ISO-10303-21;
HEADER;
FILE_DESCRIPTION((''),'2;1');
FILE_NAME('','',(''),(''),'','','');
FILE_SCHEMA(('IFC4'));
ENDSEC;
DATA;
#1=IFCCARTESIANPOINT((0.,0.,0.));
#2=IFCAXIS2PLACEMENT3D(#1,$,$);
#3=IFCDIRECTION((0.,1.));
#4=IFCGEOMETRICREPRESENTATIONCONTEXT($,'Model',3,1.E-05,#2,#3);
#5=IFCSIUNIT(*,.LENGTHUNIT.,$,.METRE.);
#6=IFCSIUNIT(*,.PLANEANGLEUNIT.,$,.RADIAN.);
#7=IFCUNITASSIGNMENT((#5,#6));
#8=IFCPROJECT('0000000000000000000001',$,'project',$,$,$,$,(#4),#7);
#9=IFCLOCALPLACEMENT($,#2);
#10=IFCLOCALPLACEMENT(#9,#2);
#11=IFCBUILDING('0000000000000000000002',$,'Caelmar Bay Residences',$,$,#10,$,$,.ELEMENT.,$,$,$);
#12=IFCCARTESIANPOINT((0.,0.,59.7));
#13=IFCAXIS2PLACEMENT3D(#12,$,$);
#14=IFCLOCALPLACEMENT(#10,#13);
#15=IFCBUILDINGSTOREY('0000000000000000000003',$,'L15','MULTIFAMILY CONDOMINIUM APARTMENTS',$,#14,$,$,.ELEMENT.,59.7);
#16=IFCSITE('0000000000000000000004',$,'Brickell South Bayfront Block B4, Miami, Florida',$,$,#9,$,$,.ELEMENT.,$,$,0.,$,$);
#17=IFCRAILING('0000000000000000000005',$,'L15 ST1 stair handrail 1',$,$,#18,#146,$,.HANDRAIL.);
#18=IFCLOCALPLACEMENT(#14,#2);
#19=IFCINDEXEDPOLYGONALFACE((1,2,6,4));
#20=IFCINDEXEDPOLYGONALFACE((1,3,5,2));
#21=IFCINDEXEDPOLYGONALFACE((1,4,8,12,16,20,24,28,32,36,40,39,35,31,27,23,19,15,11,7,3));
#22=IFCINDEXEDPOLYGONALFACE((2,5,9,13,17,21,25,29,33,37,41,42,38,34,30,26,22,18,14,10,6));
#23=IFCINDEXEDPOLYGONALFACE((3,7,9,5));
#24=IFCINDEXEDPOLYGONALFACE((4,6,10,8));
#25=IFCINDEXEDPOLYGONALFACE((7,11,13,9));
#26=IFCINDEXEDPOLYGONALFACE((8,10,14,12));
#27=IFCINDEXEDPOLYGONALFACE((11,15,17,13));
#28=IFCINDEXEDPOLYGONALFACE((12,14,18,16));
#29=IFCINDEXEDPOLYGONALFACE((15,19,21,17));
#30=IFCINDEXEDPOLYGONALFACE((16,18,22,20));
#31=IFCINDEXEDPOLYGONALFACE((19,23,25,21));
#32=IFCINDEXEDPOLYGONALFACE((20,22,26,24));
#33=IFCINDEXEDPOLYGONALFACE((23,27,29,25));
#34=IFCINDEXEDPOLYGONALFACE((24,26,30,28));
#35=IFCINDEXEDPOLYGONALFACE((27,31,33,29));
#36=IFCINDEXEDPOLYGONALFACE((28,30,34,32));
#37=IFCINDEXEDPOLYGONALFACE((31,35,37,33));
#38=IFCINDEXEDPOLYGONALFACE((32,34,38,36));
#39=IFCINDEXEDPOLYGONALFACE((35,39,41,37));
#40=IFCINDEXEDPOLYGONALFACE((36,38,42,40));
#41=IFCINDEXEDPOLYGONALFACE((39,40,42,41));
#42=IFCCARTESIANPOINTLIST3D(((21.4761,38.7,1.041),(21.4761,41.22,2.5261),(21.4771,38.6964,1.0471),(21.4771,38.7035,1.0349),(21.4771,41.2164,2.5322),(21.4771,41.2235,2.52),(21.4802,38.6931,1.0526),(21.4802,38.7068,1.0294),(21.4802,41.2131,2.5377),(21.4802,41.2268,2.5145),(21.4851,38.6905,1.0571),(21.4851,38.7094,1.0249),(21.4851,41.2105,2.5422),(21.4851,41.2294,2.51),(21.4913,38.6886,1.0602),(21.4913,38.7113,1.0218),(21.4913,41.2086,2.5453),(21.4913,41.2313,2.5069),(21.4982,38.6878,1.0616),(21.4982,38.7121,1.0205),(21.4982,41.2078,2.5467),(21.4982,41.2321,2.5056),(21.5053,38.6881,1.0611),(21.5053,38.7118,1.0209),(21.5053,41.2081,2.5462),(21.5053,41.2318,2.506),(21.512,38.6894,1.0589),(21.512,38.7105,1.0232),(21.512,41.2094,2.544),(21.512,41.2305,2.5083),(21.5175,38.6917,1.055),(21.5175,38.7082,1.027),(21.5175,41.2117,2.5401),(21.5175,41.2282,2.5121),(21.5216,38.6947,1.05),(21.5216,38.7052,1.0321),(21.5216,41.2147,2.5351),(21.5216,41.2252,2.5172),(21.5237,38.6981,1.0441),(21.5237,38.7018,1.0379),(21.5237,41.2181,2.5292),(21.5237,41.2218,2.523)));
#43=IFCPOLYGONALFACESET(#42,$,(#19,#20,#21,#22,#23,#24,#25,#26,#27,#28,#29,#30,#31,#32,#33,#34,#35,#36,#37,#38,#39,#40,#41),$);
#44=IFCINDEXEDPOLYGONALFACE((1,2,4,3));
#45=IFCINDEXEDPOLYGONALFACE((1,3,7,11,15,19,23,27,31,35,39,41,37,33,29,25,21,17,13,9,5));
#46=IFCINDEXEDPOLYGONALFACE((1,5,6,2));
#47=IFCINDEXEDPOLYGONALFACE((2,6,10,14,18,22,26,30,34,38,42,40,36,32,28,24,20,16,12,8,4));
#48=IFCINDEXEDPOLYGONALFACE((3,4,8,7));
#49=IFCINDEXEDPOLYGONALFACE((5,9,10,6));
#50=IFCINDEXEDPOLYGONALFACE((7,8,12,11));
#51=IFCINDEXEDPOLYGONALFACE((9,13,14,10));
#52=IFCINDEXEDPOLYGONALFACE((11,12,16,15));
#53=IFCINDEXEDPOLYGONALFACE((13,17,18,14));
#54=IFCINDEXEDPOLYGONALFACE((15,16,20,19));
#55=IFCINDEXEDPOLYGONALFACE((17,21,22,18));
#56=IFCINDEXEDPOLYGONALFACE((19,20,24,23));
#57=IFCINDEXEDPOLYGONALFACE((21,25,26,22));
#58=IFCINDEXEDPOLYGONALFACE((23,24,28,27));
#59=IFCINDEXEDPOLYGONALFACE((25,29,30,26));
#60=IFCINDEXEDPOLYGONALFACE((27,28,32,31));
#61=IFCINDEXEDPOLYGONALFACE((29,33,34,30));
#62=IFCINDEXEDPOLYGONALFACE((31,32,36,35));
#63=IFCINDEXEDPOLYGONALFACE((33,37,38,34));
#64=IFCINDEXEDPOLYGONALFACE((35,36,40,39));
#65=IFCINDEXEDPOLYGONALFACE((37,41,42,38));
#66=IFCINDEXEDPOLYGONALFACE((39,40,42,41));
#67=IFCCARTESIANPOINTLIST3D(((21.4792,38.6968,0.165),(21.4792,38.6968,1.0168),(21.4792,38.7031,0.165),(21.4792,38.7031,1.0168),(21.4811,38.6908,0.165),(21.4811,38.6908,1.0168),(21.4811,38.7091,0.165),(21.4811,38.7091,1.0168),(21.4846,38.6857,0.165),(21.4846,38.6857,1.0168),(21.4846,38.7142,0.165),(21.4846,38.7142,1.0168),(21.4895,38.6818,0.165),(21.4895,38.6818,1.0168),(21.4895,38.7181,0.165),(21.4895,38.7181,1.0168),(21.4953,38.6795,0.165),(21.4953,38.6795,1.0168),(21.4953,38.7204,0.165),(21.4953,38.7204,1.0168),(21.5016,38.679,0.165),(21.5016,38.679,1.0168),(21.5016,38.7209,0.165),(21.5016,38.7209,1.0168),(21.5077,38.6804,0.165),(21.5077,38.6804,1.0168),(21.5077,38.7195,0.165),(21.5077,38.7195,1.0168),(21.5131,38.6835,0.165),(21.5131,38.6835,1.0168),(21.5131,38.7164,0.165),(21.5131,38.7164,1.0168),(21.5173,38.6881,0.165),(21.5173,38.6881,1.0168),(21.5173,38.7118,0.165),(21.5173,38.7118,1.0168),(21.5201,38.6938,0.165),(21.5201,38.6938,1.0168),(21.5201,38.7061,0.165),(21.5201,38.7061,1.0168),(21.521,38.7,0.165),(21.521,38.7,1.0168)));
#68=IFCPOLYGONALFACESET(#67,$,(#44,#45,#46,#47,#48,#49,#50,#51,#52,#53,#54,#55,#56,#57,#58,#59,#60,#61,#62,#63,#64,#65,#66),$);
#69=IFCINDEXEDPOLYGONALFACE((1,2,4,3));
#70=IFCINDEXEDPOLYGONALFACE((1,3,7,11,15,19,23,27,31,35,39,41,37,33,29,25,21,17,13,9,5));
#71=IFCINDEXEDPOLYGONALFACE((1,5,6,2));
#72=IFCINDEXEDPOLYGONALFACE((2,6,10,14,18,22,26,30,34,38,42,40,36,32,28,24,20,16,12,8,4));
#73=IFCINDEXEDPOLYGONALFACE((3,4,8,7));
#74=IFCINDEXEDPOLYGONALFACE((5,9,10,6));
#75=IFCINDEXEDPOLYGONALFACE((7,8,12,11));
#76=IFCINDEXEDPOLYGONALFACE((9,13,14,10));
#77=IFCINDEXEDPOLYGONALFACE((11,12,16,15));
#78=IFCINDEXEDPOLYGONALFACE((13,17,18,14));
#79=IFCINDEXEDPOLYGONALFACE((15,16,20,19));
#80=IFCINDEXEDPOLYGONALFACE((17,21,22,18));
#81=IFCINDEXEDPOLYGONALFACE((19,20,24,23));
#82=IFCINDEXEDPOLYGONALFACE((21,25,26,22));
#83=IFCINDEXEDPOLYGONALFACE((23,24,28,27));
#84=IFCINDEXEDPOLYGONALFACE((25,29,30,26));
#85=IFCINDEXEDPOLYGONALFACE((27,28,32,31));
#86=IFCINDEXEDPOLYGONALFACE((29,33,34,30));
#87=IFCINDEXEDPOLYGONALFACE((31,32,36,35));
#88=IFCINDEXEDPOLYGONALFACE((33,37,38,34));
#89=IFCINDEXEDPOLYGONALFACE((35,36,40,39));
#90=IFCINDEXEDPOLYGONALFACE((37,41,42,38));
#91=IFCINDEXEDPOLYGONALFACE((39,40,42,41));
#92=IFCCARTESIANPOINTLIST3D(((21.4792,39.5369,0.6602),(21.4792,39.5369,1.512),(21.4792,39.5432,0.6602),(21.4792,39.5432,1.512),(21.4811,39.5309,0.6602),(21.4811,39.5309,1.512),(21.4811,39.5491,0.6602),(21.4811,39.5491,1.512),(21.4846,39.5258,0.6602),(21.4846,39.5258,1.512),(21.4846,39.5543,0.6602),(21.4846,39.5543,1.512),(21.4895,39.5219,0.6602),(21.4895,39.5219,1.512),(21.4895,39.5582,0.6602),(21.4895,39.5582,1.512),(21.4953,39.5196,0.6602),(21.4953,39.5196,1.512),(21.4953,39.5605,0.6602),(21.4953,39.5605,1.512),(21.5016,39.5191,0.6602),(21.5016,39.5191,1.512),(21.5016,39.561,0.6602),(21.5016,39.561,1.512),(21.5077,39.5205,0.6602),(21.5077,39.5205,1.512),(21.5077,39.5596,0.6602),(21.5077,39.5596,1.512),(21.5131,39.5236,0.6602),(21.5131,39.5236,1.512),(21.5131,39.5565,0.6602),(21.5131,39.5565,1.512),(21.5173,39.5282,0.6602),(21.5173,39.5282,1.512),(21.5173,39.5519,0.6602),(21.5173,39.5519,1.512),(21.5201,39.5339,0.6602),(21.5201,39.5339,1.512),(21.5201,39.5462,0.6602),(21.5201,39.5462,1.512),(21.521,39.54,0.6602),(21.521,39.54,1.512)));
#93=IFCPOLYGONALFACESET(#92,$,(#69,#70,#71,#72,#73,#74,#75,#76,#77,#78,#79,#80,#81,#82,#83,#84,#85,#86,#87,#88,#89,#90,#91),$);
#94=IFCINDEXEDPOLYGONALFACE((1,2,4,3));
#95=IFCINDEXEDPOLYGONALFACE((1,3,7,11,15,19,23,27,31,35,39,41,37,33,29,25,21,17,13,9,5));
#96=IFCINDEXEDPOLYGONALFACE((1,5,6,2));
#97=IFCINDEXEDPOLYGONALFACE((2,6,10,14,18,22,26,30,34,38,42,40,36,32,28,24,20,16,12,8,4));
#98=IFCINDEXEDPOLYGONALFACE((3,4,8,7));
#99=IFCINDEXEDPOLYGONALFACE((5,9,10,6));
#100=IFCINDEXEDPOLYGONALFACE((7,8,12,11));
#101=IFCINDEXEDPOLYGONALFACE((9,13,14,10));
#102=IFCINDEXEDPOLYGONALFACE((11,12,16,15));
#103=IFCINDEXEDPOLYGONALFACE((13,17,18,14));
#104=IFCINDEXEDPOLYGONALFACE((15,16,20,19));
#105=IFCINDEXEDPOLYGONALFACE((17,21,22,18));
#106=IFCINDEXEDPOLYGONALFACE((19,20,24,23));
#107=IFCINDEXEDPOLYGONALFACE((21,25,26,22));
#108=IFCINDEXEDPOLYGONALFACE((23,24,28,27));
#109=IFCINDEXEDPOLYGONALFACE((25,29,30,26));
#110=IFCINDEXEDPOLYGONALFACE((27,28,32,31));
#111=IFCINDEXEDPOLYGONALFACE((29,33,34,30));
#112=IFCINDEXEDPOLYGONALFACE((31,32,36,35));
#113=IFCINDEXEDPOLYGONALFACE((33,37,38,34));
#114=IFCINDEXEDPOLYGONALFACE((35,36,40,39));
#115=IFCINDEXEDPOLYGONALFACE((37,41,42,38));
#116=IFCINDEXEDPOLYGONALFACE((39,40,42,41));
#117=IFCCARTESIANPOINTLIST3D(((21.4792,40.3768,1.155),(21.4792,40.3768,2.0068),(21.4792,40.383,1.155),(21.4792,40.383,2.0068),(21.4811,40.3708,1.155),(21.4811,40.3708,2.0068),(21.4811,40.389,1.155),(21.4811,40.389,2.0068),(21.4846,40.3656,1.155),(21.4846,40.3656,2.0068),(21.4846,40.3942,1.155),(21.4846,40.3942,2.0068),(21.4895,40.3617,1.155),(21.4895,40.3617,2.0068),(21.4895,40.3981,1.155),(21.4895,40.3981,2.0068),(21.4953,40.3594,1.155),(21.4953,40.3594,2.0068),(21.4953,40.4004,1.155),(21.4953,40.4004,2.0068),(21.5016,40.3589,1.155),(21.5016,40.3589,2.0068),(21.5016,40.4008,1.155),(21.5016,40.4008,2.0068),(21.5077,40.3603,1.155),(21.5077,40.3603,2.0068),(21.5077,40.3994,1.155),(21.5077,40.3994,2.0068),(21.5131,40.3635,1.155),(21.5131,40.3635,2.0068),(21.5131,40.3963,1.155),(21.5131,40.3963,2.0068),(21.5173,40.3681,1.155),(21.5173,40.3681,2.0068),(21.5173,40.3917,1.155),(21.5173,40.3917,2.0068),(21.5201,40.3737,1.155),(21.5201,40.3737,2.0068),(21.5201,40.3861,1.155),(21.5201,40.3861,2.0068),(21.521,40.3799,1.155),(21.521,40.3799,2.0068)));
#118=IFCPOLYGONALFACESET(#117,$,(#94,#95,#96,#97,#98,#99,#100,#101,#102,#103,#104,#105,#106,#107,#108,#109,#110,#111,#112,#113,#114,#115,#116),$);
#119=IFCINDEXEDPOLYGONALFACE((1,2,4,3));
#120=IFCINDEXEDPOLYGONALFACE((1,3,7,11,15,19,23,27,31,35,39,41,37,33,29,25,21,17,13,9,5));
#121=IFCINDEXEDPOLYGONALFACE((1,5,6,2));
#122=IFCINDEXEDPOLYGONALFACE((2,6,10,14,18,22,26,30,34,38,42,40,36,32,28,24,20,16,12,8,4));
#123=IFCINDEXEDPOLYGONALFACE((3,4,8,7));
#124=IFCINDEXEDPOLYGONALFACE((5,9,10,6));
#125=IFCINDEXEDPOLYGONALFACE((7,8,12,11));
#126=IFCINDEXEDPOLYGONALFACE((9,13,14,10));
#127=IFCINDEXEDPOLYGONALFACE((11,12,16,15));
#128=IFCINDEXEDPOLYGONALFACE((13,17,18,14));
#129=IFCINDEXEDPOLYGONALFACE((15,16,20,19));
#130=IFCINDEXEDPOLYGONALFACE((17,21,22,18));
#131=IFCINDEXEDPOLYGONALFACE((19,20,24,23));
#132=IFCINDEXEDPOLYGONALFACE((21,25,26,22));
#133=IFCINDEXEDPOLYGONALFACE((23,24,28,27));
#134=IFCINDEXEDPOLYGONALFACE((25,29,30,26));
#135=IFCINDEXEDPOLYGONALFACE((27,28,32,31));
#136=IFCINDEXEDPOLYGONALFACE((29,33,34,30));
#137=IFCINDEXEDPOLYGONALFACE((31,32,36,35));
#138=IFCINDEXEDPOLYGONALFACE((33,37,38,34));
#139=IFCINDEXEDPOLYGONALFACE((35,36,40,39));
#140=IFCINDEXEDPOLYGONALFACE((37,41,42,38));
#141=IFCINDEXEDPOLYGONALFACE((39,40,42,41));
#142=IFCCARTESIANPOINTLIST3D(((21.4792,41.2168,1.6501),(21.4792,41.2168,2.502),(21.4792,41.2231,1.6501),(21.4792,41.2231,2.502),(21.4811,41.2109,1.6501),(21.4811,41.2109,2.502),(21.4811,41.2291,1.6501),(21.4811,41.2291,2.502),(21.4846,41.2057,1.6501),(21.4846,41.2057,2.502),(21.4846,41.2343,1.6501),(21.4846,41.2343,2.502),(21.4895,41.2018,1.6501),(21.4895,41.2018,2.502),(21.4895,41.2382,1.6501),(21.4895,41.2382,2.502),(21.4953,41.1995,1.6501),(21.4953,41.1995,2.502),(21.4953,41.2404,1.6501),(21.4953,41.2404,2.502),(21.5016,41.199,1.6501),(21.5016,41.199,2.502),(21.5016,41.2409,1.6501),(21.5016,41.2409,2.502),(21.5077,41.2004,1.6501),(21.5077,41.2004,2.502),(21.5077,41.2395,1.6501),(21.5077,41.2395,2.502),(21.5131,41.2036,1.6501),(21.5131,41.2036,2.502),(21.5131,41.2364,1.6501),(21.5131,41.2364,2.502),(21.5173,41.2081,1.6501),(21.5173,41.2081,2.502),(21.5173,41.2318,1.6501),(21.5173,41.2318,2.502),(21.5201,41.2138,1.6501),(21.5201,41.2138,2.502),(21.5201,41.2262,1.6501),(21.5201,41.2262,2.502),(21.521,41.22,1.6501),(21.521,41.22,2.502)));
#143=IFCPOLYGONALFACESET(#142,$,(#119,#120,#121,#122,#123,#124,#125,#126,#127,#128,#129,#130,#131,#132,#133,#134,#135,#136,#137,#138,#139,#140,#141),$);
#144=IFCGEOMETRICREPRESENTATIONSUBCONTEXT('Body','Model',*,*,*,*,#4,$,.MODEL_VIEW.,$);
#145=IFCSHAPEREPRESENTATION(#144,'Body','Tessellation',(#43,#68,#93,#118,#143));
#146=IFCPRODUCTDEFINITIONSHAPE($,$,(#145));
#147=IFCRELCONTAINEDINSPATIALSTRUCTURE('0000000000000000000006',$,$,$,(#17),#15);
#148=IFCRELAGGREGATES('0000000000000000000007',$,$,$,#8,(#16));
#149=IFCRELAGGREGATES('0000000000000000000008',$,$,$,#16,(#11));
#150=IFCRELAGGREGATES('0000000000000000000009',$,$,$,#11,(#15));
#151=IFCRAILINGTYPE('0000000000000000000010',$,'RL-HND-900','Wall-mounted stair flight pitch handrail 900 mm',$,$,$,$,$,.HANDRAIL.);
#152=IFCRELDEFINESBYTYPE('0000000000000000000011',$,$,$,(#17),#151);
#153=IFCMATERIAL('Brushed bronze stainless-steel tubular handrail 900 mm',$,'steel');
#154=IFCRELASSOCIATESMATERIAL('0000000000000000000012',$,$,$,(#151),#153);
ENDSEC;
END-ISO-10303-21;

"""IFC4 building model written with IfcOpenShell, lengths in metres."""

from ifc_helpers import new_model, si_unit, direction, frame, origin, origin_2d, place, context, subcontext, project, spatial, circle, extrude, material, type_object, element, save


model = new_model("IFC4")

# Units and contexts
model_context = context("Model", 3, precision=1e-05, world=origin(), true_north=direction((0.0, 1.0)))
body_context = subcontext(model_context, "Body", "Model", "MODEL_VIEW")
ifc_project = project(units=[si_unit("LENGTHUNIT", "METRE"), si_unit("PLANEANGLEUNIT", "RADIAN")], contexts=[model_context])

# Site, building, storey
site_placement = place(None, origin())
site = spatial("IfcSite", under=ifc_project, at=site_placement, Name="Brickell South Bayfront Block B4, Miami, Florida", CompositionType="ELEMENT", RefElevation=0.0)
building_placement = place(site_placement, origin())
building = spatial("IfcBuilding", under=site, at=building_placement, Name="Caelmar Bay Residences", CompositionType="ELEMENT")
storey_placement = place(building_placement, frame((0.0, 0.0, 59.7)))
storey = spatial("IfcBuildingStorey", under=building, at=storey_placement, Name="L15", Description="MULTIFAMILY CONDOMINIUM APARTMENTS", CompositionType="ELEMENT", Elevation=59.7)

# Railing
ifc_material_1 = material(Name="Brushed bronze stainless-steel tubular handrail 900 mm", Category="steel")
railing_type_1 = type_object("IfcRailingType", Name="RL-HND-900", Description="Wall-mounted stair flight pitch handrail 900 mm", PredefinedType="HANDRAIL", material=ifc_material_1)
railing_1_placement = place(storey_placement, frame((21.5, 38.7, 0.165)))
element("IfcRailing", 1, at=railing_1_placement, inside=storey, type_object=railing_type_1, Name="L15 ST1 stair handrail 1", PredefinedType="HANDRAIL", context=body_context, shape_type="SweptSolid", body=[
    extrude(circle(Radius=0.0239, at=origin_2d()), frame((0.0, 0.0, 0.876), z_axis=(0.0, 0.861524, 0.507717), x_axis=(-1.0, 0.0, 0.0)), (0.0, 0.0, 1.0), 2.925),
    extrude(circle(Radius=0.021, at=origin_2d()), origin(), (0.0, 0.0, 1.0), 0.8518),
    extrude(circle(Radius=0.021, at=origin_2d()), frame((0.0, 0.8401, 0.4951)), (0.0, 0.0, 1.0), 0.8518),
    extrude(circle(Radius=0.021, at=origin_2d()), frame((0.0, 1.6799, 0.99)), (0.0, 0.0, 1.0), 0.8518),
    extrude(circle(Radius=0.021, at=origin_2d()), frame((0.0, 2.52, 1.4851)), (0.0, 0.0, 1.0), 0.8518),
])

save(model, "model.ifc")
